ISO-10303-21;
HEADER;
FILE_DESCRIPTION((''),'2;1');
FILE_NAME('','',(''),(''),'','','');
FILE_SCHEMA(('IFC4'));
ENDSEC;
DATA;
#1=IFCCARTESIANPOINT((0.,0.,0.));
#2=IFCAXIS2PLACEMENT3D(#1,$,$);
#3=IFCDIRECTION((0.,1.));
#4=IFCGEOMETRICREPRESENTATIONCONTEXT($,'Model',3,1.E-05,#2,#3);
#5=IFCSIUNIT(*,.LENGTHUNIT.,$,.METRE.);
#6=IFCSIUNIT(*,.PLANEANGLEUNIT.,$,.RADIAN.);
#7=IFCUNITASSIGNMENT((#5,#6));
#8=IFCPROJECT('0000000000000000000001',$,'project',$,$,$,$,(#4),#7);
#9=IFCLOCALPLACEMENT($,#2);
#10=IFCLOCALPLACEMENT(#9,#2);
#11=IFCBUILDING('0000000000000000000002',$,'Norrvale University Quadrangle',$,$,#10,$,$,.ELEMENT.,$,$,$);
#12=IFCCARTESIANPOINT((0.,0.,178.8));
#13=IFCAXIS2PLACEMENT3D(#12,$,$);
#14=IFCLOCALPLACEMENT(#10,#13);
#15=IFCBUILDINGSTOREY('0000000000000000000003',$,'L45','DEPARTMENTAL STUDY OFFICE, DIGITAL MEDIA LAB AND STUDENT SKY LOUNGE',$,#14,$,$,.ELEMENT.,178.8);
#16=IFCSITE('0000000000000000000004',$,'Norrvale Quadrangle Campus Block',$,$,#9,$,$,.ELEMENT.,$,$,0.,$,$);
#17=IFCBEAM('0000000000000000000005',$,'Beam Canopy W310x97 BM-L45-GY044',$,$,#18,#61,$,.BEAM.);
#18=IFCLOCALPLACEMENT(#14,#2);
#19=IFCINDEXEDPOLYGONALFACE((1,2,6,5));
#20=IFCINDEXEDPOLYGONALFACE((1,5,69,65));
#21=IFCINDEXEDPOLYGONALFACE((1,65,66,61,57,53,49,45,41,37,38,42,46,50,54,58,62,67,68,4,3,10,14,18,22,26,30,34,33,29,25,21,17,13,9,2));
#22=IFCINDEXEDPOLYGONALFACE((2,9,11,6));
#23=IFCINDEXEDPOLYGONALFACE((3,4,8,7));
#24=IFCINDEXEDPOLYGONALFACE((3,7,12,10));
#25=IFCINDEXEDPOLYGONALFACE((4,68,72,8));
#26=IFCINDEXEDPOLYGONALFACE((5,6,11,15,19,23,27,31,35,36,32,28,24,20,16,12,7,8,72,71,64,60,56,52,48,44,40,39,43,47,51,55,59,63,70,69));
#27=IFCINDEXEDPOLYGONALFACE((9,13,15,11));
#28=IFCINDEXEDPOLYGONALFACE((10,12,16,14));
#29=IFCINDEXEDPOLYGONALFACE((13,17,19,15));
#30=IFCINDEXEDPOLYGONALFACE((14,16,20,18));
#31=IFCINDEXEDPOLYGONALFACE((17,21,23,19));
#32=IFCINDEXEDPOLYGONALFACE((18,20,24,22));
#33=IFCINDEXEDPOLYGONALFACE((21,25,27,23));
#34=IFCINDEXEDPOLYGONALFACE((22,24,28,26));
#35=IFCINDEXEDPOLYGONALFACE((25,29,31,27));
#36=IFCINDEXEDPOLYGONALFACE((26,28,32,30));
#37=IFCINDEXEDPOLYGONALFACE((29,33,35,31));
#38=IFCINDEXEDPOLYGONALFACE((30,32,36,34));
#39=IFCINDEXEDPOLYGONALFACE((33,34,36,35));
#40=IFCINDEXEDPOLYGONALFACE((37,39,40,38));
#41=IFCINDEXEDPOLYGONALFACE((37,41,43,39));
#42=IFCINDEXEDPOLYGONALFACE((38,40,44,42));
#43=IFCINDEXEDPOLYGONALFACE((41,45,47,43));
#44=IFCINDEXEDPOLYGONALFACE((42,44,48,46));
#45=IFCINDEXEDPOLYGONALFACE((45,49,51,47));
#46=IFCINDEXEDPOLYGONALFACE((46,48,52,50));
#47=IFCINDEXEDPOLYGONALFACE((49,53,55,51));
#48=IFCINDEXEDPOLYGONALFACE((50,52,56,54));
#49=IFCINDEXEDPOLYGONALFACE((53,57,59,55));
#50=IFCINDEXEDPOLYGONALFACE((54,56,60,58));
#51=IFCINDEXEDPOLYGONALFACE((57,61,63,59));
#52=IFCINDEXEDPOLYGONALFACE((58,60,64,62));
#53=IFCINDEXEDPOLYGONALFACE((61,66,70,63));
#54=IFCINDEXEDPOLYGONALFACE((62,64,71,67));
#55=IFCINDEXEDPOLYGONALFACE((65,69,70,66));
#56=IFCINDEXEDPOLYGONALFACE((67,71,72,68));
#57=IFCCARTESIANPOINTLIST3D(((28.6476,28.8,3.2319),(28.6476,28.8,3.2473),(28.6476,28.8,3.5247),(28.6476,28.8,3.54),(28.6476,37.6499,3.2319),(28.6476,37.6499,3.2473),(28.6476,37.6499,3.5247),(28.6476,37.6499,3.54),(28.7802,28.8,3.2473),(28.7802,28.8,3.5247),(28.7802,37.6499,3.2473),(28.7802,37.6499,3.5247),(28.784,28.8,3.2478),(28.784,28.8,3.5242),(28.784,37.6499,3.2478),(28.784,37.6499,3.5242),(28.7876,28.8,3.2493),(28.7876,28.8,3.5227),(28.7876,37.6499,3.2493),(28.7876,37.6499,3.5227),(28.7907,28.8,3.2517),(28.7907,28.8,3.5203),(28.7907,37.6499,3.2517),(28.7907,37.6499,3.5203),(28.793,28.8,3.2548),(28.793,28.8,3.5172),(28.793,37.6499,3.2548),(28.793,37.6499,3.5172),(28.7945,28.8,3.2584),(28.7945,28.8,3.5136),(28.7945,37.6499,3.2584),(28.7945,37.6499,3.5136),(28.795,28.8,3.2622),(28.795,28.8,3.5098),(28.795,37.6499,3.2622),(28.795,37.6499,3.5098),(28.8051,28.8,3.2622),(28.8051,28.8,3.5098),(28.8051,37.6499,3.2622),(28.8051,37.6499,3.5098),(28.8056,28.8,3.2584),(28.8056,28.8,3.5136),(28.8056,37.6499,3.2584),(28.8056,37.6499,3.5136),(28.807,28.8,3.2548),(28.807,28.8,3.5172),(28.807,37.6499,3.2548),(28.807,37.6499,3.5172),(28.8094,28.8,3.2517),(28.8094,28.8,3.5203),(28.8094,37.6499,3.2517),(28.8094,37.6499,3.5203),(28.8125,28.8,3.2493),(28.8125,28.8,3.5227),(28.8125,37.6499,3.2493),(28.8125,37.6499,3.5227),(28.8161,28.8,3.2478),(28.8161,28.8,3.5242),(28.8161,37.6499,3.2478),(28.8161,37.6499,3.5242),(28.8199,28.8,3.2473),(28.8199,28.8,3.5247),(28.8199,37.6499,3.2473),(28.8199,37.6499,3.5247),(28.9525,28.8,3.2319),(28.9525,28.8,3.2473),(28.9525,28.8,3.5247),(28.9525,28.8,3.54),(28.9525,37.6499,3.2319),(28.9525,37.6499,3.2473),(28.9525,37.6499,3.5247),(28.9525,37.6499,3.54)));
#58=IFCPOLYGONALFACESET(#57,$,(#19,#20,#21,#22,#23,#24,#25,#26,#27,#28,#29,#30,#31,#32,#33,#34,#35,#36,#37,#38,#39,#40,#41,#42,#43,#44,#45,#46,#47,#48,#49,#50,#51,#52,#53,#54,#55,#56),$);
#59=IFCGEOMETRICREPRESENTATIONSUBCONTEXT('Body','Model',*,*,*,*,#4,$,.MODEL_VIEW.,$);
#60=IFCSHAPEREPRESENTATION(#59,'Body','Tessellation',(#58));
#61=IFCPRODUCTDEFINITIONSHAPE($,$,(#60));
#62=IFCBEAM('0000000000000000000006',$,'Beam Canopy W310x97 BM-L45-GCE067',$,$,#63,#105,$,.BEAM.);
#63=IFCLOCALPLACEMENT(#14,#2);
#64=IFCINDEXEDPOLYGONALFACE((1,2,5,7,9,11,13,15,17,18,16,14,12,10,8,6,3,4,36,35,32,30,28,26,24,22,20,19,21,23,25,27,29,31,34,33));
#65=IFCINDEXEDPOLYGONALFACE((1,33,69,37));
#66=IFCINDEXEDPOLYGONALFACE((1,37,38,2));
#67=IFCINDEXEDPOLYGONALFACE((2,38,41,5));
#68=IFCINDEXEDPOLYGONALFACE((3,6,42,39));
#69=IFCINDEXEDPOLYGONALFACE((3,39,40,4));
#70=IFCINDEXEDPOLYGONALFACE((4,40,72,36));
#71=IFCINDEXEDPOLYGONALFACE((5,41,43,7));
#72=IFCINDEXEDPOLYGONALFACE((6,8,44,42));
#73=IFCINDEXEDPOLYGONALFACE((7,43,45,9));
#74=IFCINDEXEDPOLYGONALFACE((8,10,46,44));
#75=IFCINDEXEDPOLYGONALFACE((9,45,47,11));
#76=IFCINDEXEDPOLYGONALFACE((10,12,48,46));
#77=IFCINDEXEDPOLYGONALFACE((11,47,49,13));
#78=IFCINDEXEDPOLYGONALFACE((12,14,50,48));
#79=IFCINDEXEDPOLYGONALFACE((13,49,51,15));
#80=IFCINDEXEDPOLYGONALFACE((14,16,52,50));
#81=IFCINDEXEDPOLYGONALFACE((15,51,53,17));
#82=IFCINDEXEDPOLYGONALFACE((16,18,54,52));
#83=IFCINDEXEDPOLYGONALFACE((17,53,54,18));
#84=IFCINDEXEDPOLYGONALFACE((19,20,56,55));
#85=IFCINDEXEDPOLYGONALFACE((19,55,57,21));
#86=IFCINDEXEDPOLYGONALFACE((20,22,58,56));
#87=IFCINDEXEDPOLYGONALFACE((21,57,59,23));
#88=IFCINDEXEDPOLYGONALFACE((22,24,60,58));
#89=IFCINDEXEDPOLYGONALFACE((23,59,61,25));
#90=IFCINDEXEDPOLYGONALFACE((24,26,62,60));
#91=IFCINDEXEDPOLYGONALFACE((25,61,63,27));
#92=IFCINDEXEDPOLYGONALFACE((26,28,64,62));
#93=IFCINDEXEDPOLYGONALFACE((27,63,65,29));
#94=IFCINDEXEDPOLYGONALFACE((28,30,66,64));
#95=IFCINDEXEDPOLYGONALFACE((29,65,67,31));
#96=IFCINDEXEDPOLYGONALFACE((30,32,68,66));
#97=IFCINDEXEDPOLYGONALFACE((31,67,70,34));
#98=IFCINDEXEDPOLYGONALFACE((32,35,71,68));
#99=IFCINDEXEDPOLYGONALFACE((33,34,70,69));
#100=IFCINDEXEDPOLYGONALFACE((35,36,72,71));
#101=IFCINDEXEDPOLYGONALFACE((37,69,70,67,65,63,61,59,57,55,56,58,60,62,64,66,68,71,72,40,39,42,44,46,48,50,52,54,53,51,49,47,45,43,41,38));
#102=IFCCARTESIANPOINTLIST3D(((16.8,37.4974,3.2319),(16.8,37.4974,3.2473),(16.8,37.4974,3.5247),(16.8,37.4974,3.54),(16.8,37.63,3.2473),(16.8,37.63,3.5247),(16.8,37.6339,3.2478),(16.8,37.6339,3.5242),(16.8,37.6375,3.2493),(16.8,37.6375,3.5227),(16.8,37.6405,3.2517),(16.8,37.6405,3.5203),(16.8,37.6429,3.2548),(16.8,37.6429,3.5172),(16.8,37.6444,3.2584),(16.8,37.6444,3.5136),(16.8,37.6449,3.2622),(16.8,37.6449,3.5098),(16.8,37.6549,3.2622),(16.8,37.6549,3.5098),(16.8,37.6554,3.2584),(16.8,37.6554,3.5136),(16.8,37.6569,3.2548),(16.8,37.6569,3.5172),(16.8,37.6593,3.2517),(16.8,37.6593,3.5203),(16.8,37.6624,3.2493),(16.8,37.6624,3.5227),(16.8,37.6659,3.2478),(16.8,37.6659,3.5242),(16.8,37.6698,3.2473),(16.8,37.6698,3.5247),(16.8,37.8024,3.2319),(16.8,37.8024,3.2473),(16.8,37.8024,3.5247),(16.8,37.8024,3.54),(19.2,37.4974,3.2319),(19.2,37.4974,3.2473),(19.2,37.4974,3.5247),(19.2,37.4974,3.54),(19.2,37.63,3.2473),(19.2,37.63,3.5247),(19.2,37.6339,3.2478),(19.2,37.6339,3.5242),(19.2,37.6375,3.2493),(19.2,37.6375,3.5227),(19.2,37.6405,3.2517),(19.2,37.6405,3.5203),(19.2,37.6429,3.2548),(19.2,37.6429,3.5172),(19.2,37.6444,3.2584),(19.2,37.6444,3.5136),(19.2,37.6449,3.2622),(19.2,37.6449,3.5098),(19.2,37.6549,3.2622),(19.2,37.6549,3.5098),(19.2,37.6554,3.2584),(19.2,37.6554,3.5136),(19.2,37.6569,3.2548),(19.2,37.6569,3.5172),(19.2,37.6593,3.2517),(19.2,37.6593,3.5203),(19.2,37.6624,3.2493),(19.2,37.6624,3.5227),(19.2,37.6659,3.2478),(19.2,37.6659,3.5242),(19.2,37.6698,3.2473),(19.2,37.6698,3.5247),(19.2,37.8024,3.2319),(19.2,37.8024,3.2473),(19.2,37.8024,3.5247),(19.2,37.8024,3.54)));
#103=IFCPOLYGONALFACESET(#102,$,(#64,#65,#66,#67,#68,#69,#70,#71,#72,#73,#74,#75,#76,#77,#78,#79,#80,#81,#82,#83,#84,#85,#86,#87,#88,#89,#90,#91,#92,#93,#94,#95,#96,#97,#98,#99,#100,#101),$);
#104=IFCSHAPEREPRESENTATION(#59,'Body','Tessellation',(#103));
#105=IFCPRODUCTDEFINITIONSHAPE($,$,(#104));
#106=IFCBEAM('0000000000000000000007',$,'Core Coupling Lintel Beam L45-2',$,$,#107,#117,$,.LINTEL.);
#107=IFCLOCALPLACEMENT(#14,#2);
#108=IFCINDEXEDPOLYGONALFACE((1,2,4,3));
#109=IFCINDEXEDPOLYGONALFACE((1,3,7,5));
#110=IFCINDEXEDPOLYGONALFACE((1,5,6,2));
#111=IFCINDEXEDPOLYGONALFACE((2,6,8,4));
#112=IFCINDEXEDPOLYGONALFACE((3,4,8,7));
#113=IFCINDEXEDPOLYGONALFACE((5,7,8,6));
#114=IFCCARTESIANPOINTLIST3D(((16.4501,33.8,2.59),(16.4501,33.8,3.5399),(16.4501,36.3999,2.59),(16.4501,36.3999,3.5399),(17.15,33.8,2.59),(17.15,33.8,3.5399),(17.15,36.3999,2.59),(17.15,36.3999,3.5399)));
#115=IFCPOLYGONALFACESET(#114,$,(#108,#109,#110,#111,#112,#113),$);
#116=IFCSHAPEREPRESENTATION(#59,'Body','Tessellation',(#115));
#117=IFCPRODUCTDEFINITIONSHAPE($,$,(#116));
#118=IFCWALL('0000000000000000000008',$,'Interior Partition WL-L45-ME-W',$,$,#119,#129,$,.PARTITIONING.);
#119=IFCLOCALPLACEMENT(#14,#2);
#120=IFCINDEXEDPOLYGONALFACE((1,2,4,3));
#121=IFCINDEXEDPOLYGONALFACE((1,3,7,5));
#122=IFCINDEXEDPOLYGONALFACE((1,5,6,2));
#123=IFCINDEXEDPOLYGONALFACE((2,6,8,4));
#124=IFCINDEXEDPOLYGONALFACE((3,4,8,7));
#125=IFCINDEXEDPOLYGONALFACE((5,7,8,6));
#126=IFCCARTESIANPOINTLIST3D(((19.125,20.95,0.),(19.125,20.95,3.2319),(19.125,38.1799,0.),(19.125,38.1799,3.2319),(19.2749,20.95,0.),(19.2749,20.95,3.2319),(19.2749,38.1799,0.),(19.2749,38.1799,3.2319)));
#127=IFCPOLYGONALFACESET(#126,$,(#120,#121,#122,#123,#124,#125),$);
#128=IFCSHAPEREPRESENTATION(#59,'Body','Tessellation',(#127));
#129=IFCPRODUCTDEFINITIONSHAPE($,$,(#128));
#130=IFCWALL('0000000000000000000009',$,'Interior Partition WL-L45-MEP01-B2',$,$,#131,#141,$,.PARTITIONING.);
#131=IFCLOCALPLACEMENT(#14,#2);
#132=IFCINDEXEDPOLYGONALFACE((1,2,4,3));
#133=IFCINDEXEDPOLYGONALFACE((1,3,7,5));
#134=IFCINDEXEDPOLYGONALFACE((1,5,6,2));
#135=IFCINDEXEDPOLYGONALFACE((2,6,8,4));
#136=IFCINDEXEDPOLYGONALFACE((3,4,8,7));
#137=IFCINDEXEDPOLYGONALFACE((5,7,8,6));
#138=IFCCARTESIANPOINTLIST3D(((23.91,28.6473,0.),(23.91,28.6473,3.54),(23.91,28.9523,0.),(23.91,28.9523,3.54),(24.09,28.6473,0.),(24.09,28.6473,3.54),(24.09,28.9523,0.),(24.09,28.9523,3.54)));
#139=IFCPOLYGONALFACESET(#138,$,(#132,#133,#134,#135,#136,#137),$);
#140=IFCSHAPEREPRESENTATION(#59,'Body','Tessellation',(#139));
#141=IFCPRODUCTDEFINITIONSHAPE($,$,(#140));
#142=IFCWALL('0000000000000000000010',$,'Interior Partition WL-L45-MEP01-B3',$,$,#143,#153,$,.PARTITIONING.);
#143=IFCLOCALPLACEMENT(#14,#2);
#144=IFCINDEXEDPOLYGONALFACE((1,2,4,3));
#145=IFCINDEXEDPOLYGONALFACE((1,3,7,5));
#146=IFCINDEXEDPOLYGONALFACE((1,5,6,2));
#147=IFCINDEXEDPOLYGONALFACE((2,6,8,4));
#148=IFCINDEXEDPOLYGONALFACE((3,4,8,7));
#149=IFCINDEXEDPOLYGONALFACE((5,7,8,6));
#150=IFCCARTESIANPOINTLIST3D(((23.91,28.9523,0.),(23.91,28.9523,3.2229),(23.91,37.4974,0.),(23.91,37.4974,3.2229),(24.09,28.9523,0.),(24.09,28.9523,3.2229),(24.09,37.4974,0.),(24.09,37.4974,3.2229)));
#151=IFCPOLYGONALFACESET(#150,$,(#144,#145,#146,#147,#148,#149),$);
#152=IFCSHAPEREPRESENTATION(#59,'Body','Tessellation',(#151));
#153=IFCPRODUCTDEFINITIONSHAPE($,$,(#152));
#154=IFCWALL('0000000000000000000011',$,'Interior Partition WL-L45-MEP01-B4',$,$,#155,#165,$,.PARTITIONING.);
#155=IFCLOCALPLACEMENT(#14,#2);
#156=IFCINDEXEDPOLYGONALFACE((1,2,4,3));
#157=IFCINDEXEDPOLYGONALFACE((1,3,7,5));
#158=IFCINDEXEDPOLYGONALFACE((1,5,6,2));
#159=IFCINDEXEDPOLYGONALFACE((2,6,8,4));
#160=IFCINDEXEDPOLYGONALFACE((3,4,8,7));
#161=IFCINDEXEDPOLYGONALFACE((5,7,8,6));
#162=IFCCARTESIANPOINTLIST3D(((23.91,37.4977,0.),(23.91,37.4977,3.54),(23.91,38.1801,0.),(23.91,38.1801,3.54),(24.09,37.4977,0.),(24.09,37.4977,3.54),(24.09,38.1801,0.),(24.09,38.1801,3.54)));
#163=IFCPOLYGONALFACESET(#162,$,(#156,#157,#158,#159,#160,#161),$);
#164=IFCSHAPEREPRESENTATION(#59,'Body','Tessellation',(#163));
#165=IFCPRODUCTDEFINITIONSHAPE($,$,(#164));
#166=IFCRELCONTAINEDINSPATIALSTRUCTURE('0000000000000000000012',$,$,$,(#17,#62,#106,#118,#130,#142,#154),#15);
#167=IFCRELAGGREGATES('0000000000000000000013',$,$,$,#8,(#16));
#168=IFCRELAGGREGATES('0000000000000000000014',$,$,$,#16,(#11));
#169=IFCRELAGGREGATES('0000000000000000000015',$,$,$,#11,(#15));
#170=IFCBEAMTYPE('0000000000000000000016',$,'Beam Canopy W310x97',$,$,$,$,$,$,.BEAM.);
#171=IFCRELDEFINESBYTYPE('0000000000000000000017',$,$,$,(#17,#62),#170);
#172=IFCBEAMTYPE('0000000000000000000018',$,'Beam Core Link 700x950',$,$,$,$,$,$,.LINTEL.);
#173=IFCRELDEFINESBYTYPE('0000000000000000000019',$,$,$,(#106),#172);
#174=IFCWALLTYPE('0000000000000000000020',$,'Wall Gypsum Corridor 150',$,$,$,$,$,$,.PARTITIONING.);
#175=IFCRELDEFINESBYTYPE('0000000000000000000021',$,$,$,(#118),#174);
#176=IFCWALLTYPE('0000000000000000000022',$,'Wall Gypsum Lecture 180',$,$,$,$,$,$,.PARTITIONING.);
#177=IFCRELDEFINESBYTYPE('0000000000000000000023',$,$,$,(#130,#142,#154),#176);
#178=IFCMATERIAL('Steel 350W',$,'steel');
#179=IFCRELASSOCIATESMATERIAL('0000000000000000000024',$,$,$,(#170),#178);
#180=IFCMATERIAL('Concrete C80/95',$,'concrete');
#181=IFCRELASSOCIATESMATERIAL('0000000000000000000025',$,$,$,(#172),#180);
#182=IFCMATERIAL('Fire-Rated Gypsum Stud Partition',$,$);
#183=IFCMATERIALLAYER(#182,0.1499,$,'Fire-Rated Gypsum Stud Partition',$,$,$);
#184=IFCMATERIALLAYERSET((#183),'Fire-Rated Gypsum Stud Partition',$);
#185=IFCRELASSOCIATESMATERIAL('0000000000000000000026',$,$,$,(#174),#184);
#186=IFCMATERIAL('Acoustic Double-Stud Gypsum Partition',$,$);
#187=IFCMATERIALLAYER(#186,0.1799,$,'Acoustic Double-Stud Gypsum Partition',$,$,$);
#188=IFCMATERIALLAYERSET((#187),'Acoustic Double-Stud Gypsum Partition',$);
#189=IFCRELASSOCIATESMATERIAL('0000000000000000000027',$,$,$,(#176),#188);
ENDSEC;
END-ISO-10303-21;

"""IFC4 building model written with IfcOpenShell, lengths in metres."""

from ifc_helpers import new_model, si_unit, direction, frame, frame_2d, origin, origin_2d, place, context, subcontext, project, spatial, rectangle, i_section, extrude, material, layer, layer_set, material_profile, profile_set, type_object, element, save


model = new_model("IFC4")

# Units and contexts
model_context = context("Model", 3, precision=1e-05, world=origin(), true_north=direction((0.0, 1.0)))
body_context = subcontext(model_context, "Body", "Model", "MODEL_VIEW")
ifc_project = project(units=[si_unit("LENGTHUNIT", "METRE"), si_unit("PLANEANGLEUNIT", "RADIAN")], contexts=[model_context])

# Site, building, storey
site_placement = place(None, origin())
site = spatial("IfcSite", under=ifc_project, at=site_placement, Name="Norrvale Quadrangle Campus Block", CompositionType="ELEMENT", RefElevation=0.0)
building_placement = place(site_placement, origin())
building = spatial("IfcBuilding", under=site, at=building_placement, Name="Norrvale University Quadrangle", CompositionType="ELEMENT")
storey_placement = place(building_placement, frame((0.0, 0.0, 178.8)))
storey = spatial("IfcBuildingStorey", under=building, at=storey_placement, Name="L45", Description="DEPARTMENTAL STUDY OFFICE, DIGITAL MEDIA LAB AND STUDENT SKY LOUNGE", CompositionType="ELEMENT", Elevation=178.8)

# Beams
ifc_material_1 = material(Name="Steel 350W", Category="steel")
ifc_material_profile_1 = material_profile(ifc_material_1, i_section(OverallWidth=0.3049, OverallDepth=0.3081, WebThickness=0.01, FlangeThickness=0.0154, FilletRadius=0.0149, at=origin_2d()), Name="Steel 350W")
ifc_profile_set_1 = profile_set([ifc_material_profile_1], Name="Steel 350W")
beam_type_1 = type_object("IfcBeamType", Name="Beam Canopy W310x97", PredefinedType="BEAM", material=ifc_profile_set_1)
beam_1_placement = place(storey_placement, frame((28.8, 28.8, 3.386), z_axis=(0.0, 1.0, 0.0), x_axis=(-1.0, 0.0, 0.0)))
element("IfcBeam", 1, at=beam_1_placement, inside=storey, type_object=beam_type_1, Name="Beam Canopy W310x97 BM-L45-GY044", PredefinedType="BEAM", context=body_context, shape_type="SweptSolid", body=[
    extrude(i_section(OverallWidth=0.3049, OverallDepth=0.3081, WebThickness=0.01, FlangeThickness=0.0154, FilletRadius=0.0149, at=origin_2d()), origin(), (0.0, 0.0, 1.0), 8.8499),
])
beam_2_placement = place(storey_placement, frame((16.8, 37.6499, 3.386), z_axis=(1.0, 0.0, 0.0), x_axis=(0.0, 1.0, 0.0)))
element("IfcBeam", 2, at=beam_2_placement, inside=storey, type_object=beam_type_1, Name="Beam Canopy W310x97 BM-L45-GCE067", PredefinedType="BEAM", context=body_context, shape_type="SweptSolid", body=[
    extrude(i_section(OverallWidth=0.3049, OverallDepth=0.3081, WebThickness=0.01, FlangeThickness=0.0154, FilletRadius=0.0149, at=origin_2d()), origin(), (0.0, 0.0, 1.0), 2.3999),
])
ifc_material_2 = material(Name="Concrete C80/95", Category="concrete")
ifc_material_profile_2 = material_profile(ifc_material_2, rectangle(XDim=0.7, YDim=0.95, at=origin_2d()), Name="Concrete C80/95")
ifc_profile_set_2 = profile_set([ifc_material_profile_2], Name="Concrete C80/95")
beam_type_2 = type_object("IfcBeamType", Name="Beam Core Link 700x950", PredefinedType="LINTEL", material=ifc_profile_set_2)
beam_3_placement = place(storey_placement, frame((16.8, 33.8, 3.0649), z_axis=(0.0, 1.0, 0.0), x_axis=(-1.0, 0.0, 0.0)))
element("IfcBeam", 3, at=beam_3_placement, inside=storey, type_object=beam_type_2, Name="Core Coupling Lintel Beam L45-2", PredefinedType="LINTEL", context=body_context, shape_type="SweptSolid", body=[
    extrude(rectangle(XDim=0.7, YDim=0.95, at=origin_2d()), origin(), (0.0, 0.0, 1.0), 2.5999),
])

# Walls
ifc_material_3 = material(Name="Fire-Rated Gypsum Stud Partition")
ifc_layer_1 = layer(ifc_material_3, 0.1499, Name="Fire-Rated Gypsum Stud Partition")
ifc_layer_set_1 = layer_set([ifc_layer_1], Name="Fire-Rated Gypsum Stud Partition")
wall_type_1 = type_object("IfcWallType", Name="Wall Gypsum Corridor 150", PredefinedType="PARTITIONING", material=ifc_layer_set_1)
wall_1_placement = place(storey_placement, frame((19.2, 20.95, 0.0), z_axis=(0.0, 0.0, 1.0), x_axis=(0.0, 1.0, 0.0)))
element("IfcWall", 4, at=wall_1_placement, inside=storey, type_object=wall_type_1, Name="Interior Partition WL-L45-ME-W", PredefinedType="PARTITIONING", context=body_context, shape_type="SweptSolid", body=[
    extrude(rectangle(XDim=17.23, YDim=0.1499, at=frame_2d((8.615, 0.0))), origin(), (0.0, 0.0, 1.0), 3.2319),
])
ifc_material_4 = material(Name="Acoustic Double-Stud Gypsum Partition")
ifc_layer_2 = layer(ifc_material_4, 0.1799, Name="Acoustic Double-Stud Gypsum Partition")
ifc_layer_set_2 = layer_set([ifc_layer_2], Name="Acoustic Double-Stud Gypsum Partition")
wall_type_2 = type_object("IfcWallType", Name="Wall Gypsum Lecture 180", PredefinedType="PARTITIONING", material=ifc_layer_set_2)
wall_2_placement = place(storey_placement, frame((24.0, 28.6475, 0.0), z_axis=(0.0, 0.0, 1.0), x_axis=(0.0, 1.0, 0.0)))
element("IfcWall", 5, at=wall_2_placement, inside=storey, type_object=wall_type_2, Name="Interior Partition WL-L45-MEP01-B2", PredefinedType="PARTITIONING", context=body_context, shape_type="SweptSolid", body=[
    extrude(rectangle(XDim=0.3049, YDim=0.1799, at=frame_2d((0.1523, 0.0))), origin(), (0.0, 0.0, 1.0), 3.54),
])
wall_3_placement = place(storey_placement, frame((24.0, 28.9524, 0.0), z_axis=(0.0, 0.0, 1.0), x_axis=(0.0, 1.0, 0.0)))
element("IfcWall", 6, at=wall_3_placement, inside=storey, type_object=wall_type_2, Name="Interior Partition WL-L45-MEP01-B3", PredefinedType="PARTITIONING", context=body_context, shape_type="SweptSolid", body=[
    extrude(rectangle(XDim=8.5452, YDim=0.1799, at=frame_2d((4.2725, 0.0))), origin(), (0.0, 0.0, 1.0), 3.2229),
])
wall_4_placement = place(storey_placement, frame((24.0, 37.4976, 0.0), z_axis=(0.0, 0.0, 1.0), x_axis=(0.0, 1.0, 0.0)))
element("IfcWall", 7, at=wall_4_placement, inside=storey, type_object=wall_type_2, Name="Interior Partition WL-L45-MEP01-B4", PredefinedType="PARTITIONING", context=body_context, shape_type="SweptSolid", body=[
    extrude(rectangle(XDim=0.6824, YDim=0.1799, at=frame_2d((0.3413, 0.0))), origin(), (0.0, 0.0, 1.0), 3.54),
])

save(model, "model.ifc")
